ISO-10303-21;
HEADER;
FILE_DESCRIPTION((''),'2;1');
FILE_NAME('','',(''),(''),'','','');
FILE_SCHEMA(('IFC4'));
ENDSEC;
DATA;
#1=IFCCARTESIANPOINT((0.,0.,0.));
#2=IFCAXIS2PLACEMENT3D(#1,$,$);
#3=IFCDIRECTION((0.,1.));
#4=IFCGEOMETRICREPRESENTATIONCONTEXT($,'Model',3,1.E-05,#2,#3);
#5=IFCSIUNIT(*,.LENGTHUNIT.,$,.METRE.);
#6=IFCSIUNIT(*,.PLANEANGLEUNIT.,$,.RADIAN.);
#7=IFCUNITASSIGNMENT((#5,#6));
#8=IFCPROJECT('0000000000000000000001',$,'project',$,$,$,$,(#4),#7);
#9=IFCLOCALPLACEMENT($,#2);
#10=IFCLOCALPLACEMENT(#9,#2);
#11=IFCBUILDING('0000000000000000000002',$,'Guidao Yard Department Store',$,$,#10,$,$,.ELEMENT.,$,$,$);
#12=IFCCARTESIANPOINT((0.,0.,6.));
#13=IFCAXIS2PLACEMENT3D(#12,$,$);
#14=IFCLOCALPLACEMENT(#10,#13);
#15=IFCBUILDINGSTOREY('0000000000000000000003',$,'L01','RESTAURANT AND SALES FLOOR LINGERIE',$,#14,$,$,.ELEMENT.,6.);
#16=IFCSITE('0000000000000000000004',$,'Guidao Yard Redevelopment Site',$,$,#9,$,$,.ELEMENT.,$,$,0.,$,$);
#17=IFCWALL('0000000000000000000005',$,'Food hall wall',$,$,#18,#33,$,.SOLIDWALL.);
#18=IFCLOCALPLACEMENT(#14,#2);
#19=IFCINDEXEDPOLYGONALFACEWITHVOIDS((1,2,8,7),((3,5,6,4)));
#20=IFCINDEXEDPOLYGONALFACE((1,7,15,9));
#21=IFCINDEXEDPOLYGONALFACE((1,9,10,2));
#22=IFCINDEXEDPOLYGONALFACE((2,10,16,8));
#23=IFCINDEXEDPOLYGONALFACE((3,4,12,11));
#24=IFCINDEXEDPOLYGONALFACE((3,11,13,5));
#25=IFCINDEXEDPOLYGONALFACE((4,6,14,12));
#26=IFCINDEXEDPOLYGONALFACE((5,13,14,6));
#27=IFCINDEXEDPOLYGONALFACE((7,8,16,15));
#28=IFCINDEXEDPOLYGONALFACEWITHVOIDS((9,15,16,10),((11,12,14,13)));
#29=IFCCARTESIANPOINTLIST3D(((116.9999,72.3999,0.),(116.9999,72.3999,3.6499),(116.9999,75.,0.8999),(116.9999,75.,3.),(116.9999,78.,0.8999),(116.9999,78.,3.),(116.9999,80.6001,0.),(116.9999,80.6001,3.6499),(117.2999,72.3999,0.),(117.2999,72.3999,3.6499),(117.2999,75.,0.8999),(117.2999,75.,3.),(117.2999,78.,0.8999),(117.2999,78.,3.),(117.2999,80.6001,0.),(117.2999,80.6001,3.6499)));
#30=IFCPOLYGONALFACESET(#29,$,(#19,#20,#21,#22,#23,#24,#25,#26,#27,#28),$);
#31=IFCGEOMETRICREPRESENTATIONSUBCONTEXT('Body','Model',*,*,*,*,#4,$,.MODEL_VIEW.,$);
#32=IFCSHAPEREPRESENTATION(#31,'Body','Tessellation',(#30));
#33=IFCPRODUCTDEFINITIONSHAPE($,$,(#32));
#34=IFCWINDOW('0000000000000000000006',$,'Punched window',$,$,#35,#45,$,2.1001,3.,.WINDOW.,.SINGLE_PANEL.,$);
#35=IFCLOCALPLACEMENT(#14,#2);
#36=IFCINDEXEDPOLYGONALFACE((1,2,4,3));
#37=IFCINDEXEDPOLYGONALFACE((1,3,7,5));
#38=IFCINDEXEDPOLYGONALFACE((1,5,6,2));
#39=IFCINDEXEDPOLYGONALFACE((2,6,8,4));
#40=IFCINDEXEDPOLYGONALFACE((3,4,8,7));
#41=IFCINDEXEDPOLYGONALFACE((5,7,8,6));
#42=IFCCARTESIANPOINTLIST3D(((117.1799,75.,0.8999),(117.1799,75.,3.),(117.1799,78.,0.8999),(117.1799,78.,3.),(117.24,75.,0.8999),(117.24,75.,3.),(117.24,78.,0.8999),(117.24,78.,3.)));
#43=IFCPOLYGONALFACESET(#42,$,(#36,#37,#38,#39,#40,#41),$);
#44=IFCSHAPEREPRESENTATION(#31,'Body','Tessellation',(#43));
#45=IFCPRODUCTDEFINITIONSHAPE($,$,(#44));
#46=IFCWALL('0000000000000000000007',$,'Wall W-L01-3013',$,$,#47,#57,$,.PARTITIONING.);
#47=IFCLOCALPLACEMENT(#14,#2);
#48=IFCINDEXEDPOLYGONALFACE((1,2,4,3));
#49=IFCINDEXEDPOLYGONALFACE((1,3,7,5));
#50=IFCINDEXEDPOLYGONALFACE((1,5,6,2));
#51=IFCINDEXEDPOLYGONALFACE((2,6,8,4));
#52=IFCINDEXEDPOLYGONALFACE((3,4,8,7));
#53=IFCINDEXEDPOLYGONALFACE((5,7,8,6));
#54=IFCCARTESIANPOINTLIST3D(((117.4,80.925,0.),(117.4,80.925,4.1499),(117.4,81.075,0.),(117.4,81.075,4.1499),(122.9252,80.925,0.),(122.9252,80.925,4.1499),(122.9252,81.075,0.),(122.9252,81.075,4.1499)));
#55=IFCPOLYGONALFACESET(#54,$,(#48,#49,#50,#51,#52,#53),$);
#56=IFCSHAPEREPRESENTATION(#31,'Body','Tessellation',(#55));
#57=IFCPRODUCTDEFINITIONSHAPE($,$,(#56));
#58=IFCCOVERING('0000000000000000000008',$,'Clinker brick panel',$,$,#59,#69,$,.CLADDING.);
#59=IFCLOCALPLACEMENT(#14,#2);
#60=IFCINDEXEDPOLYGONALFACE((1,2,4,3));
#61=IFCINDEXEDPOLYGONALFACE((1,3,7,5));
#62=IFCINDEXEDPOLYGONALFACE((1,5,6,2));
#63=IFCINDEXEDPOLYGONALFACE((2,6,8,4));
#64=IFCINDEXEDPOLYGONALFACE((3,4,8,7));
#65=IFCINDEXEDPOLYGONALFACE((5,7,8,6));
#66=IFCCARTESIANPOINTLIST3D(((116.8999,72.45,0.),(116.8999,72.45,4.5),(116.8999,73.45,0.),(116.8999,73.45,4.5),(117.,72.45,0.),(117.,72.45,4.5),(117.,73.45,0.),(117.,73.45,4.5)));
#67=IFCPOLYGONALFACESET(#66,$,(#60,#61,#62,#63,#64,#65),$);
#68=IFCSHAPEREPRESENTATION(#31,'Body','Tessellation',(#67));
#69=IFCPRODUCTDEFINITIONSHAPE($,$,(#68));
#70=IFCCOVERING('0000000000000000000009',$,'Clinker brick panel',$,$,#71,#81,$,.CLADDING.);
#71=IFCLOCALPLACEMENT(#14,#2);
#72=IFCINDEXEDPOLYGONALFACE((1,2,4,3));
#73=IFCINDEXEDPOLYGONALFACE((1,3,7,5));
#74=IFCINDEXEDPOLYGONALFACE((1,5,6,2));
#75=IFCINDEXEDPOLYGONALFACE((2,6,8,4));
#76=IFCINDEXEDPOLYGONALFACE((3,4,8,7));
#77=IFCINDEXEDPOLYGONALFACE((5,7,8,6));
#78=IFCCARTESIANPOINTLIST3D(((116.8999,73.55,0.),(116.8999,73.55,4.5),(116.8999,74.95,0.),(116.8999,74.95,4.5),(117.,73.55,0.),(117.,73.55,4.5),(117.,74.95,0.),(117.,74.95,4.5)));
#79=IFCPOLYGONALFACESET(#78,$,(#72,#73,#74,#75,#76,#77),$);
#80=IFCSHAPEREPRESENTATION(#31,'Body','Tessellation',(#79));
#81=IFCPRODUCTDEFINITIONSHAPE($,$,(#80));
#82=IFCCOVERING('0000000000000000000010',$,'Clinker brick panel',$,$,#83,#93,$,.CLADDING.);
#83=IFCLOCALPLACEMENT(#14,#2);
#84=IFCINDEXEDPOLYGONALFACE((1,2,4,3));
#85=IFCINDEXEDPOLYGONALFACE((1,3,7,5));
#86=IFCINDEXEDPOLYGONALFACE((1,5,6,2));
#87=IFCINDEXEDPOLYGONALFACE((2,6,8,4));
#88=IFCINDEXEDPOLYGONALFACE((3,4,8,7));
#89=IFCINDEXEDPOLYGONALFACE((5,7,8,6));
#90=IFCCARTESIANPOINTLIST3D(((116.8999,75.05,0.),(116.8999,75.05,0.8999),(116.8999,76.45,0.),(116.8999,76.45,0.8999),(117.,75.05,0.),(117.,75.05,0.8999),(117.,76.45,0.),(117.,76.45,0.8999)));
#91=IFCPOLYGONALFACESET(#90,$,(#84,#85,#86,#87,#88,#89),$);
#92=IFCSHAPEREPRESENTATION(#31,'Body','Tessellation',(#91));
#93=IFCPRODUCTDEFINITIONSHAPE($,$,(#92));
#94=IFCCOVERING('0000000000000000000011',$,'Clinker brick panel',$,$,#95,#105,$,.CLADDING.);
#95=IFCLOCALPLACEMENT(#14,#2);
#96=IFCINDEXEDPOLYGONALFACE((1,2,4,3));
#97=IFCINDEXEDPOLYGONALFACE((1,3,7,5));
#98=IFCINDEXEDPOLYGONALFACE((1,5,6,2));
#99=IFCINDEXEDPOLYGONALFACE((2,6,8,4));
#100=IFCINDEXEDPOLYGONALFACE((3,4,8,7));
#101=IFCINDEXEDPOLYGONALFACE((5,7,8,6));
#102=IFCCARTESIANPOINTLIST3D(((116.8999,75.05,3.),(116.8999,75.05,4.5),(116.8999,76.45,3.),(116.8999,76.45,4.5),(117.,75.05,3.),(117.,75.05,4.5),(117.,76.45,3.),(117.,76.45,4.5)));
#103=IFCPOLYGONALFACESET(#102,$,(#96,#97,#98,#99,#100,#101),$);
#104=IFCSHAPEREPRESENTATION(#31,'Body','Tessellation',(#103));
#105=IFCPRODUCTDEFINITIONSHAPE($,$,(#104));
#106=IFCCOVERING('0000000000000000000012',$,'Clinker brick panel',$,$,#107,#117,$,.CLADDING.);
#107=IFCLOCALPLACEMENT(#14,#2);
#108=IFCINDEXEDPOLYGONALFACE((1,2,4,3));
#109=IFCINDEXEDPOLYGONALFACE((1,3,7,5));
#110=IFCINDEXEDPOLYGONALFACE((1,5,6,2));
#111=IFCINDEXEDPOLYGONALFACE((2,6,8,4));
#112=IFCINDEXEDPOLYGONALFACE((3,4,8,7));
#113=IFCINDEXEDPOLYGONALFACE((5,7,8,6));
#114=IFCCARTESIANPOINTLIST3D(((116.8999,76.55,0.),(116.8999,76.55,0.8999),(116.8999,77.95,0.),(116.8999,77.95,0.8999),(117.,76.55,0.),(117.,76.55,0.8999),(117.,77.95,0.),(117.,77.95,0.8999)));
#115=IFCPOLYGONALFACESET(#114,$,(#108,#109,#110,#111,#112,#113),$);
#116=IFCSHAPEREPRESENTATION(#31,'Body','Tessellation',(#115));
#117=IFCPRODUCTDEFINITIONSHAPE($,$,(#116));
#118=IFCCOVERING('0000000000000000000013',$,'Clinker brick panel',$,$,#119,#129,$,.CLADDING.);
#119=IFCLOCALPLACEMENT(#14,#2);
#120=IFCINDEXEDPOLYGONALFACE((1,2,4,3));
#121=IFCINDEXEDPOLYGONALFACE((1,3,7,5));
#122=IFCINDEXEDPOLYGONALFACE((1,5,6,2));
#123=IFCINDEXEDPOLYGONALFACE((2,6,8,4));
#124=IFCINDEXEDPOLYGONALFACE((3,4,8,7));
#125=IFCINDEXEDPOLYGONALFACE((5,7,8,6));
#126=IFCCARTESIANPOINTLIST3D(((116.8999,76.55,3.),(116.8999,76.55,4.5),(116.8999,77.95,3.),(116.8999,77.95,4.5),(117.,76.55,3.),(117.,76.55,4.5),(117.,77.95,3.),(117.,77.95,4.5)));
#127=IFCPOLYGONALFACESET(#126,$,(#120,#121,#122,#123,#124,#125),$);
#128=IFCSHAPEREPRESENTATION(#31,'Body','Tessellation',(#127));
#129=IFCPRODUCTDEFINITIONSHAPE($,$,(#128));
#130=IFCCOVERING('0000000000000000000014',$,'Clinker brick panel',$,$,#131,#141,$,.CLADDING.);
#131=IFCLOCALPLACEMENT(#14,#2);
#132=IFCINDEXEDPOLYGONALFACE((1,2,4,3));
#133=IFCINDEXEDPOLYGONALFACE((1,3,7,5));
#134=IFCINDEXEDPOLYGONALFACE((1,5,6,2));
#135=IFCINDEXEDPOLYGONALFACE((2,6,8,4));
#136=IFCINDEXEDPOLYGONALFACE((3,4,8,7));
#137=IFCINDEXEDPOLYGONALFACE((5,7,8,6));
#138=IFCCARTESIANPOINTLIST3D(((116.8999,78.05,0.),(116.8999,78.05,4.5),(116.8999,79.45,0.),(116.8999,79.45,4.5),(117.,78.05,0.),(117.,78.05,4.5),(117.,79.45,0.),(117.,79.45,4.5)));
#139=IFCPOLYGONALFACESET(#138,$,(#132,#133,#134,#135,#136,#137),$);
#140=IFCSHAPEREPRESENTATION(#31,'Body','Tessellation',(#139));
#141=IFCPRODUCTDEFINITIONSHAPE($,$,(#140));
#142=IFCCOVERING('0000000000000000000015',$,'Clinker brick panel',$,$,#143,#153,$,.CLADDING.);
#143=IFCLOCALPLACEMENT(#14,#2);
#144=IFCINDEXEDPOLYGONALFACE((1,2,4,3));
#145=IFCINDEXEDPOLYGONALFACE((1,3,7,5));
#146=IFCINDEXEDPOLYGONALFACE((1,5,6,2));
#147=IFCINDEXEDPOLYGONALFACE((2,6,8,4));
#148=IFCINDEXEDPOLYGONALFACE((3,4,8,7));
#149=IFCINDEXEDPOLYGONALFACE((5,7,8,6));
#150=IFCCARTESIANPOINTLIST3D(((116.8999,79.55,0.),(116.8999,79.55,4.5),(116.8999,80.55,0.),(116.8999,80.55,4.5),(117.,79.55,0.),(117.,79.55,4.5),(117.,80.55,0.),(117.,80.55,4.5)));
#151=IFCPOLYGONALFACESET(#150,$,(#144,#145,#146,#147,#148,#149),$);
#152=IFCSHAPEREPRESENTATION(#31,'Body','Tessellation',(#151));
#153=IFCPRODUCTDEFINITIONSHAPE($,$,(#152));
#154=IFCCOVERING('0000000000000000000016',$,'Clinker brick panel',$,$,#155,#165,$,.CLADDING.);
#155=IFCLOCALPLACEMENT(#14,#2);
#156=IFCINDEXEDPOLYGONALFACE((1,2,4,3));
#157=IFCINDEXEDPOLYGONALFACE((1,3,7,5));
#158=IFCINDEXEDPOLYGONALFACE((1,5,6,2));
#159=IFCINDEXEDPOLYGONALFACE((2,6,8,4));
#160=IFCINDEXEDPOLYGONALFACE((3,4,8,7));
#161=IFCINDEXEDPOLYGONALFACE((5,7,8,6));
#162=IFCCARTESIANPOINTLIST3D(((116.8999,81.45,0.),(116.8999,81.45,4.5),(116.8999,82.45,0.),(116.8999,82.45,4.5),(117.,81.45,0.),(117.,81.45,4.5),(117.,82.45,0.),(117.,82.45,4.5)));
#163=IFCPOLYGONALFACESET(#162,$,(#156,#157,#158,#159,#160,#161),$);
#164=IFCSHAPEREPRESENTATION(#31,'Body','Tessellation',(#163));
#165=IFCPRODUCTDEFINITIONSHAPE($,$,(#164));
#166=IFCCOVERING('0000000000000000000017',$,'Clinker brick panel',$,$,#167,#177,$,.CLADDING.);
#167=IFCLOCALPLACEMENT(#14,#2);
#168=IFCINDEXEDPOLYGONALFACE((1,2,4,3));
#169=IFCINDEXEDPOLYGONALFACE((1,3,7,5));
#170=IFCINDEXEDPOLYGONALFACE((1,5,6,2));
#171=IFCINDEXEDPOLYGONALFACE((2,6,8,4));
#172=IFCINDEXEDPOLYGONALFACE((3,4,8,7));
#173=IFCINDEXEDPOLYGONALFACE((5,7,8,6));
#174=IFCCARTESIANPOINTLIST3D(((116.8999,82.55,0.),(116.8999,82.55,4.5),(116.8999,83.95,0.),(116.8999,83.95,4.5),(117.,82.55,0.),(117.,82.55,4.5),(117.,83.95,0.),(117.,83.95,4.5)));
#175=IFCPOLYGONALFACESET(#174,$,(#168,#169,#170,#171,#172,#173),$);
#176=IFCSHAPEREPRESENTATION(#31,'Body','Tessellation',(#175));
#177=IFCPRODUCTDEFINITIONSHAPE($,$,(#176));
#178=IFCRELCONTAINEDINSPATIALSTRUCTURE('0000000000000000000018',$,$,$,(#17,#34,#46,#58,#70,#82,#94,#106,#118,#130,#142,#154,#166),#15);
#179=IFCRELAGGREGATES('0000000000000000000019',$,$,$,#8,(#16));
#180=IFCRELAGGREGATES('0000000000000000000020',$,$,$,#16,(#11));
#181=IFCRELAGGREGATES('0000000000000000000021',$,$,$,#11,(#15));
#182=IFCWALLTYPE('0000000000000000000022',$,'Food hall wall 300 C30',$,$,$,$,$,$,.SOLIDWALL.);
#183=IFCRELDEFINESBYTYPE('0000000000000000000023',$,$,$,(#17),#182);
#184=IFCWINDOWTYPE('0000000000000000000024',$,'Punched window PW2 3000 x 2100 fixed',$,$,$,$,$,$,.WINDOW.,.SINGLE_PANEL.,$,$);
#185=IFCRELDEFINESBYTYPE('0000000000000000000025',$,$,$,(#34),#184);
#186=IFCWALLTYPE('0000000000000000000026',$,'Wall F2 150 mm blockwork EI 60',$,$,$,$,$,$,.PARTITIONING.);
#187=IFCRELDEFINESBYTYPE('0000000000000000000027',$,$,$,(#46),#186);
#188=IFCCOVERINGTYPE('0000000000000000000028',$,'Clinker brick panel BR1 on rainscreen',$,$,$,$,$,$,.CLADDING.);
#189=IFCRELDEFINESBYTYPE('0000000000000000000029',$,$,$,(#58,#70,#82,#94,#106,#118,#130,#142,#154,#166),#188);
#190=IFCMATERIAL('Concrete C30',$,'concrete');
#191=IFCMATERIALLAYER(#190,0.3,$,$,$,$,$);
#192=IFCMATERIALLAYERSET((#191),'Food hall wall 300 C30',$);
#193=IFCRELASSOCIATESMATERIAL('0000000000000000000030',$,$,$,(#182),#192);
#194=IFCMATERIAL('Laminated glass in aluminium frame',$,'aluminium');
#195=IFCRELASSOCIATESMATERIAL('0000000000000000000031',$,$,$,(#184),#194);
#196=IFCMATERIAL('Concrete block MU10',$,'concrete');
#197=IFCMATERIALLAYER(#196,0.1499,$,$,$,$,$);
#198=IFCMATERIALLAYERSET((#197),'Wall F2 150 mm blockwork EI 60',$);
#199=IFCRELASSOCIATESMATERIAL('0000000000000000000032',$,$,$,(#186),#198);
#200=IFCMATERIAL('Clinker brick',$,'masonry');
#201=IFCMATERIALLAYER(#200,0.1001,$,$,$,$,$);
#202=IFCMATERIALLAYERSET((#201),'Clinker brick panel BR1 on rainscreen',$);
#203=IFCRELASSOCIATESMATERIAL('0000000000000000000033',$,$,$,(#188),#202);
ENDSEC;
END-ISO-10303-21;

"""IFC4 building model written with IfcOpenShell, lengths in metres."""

from ifc_helpers import new_model, si_unit, direction, frame, frame_2d, origin, origin_2d, place, context, subcontext, project, spatial, rectangle, extrude, material, layer, layer_set, type_object, element, fill, save


model = new_model("IFC4")

# Units and contexts
model_context = context("Model", 3, precision=1e-05, world=origin(), true_north=direction((0.0, 1.0)))
body_context = subcontext(model_context, "Body", "Model", "MODEL_VIEW")
ifc_project = project(units=[si_unit("LENGTHUNIT", "METRE"), si_unit("PLANEANGLEUNIT", "RADIAN")], contexts=[model_context])

# Site, building, storey
site_placement = place(None, origin())
site = spatial("IfcSite", under=ifc_project, at=site_placement, Name="Guidao Yard Redevelopment Site", CompositionType="ELEMENT", RefElevation=0.0)
building_placement = place(site_placement, origin())
building = spatial("IfcBuilding", under=site, at=building_placement, Name="Guidao Yard Department Store", CompositionType="ELEMENT")
storey_placement = place(building_placement, frame((0.0, 0.0, 6.0)))
storey = spatial("IfcBuildingStorey", under=building, at=storey_placement, Name="L01", Description="RESTAURANT AND SALES FLOOR LINGERIE", CompositionType="ELEMENT", Elevation=6.0)

# Wall, opening, window
ifc_material_1 = material(Name="Concrete C30", Category="concrete")
ifc_layer_1 = layer(ifc_material_1, 0.3)
ifc_layer_set_1 = layer_set([ifc_layer_1], Name="Food hall wall 300 C30")
wall_type_1 = type_object("IfcWallType", Name="Food hall wall 300 C30", PredefinedType="SOLIDWALL", material=ifc_layer_set_1)
wall_1_placement = place(storey_placement, frame((117.1499, 72.3999, 0.0), z_axis=(0.0, 0.0, 1.0), x_axis=(0.0, 1.0, 0.0)))
wall_1 = element("IfcWall", 1, at=wall_1_placement, inside=storey, type_object=wall_type_1, Name="Food hall wall", PredefinedType="SOLIDWALL", context=body_context, shape_type="SweptSolid", body=[
    extrude(rectangle(XDim=8.2002, YDim=0.3, at=frame_2d((4.1001, 0.0))), origin(), (0.0, 0.0, 1.0), 3.6499),
])
opening_1_placement = place(wall_1_placement, frame((2.6001, 0.0, 0.8999)))
opening_1 = element("IfcOpeningElement", 2, at=opening_1_placement, cuts=wall_1, PredefinedType="OPENING", context=body_context, shape_type="SweptSolid", body=[
    extrude(rectangle(XDim=3.0, YDim=2.1001, at=frame_2d((1.5, 1.05))), frame((0.0, 0.1599, 0.0), z_axis=(0.0, -1.0, 0.0), x_axis=(1.0, 0.0, 0.0)), (0.0, 0.0, 1.0), 0.3201),
])
ifc_material_2 = material(Name="Laminated glass in aluminium frame", Category="aluminium")
window_type = type_object("IfcWindowType", Name="Punched window PW2 3000 x 2100 fixed", PartitioningType="SINGLE_PANEL", PredefinedType="WINDOW", material=ifc_material_2)
window_placement = place(opening_1_placement, origin())
window = element("IfcWindow", 3, at=window_placement, inside=storey, type_object=window_type, Name="Punched window", OverallHeight=2.1001, OverallWidth=3.0, PartitioningType="SINGLE_PANEL", PredefinedType="WINDOW", context=body_context, shape_type="SweptSolid", body=[
    extrude(rectangle(XDim=3.0, YDim=2.1001, at=frame_2d((1.5, 1.05))), frame((0.0, -0.03, 0.0), z_axis=(0.0, -1.0, 0.0), x_axis=(1.0, 0.0, 0.0)), (0.0, 0.0, 1.0), 0.0601),
])
fill(opening_1, window)

# Wall
ifc_material_3 = material(Name="Concrete block MU10", Category="concrete")
ifc_layer_2 = layer(ifc_material_3, 0.1499)
ifc_layer_set_2 = layer_set([ifc_layer_2], Name="Wall F2 150 mm blockwork EI 60")
wall_type_2 = type_object("IfcWallType", Name="Wall F2 150 mm blockwork EI 60", PredefinedType="PARTITIONING", material=ifc_layer_set_2)
wall_2_placement = place(storey_placement, frame((117.3999, 81.0, 0.0), z_axis=(0.0, 0.0, 1.0), x_axis=(1.0, 0.0, 0.0)))
element("IfcWall", 4, at=wall_2_placement, inside=storey, type_object=wall_type_2, Name="Wall W-L01-3013", PredefinedType="PARTITIONING", context=body_context, shape_type="SweptSolid", body=[
    extrude(rectangle(XDim=5.5251, YDim=0.1499, at=frame_2d((2.7627, 0.0))), origin(), (0.0, 0.0, 1.0), 4.1499),
])

# Coverings
ifc_material_4 = material(Name="Clinker brick", Category="masonry")
ifc_layer_3 = layer(ifc_material_4, 0.1001)
ifc_layer_set_3 = layer_set([ifc_layer_3], Name="Clinker brick panel BR1 on rainscreen")
covering_type = type_object("IfcCoveringType", Name="Clinker brick panel BR1 on rainscreen", PredefinedType="CLADDING", material=ifc_layer_set_3)
covering_1_placement = place(storey_placement, frame((116.95, 72.95, 0.0), z_axis=(0.0, 0.0, 1.0), x_axis=(0.0, 1.0, 0.0)))
element("IfcCovering", 5, at=covering_1_placement, inside=storey, type_object=covering_type, Name="Clinker brick panel", PredefinedType="CLADDING", context=body_context, shape_type="SweptSolid", body=[
    extrude(rectangle(XDim=1.0, YDim=0.1001, at=origin_2d()), origin(), (0.0, 0.0, 1.0), 4.5),
])
covering_2_placement = place(storey_placement, frame((116.95, 74.25, 0.0), z_axis=(0.0, 0.0, 1.0), x_axis=(0.0, 1.0, 0.0)))
element("IfcCovering", 6, at=covering_2_placement, inside=storey, type_object=covering_type, Name="Clinker brick panel", PredefinedType="CLADDING", context=body_context, shape_type="SweptSolid", body=[
    extrude(rectangle(XDim=1.3999, YDim=0.1001, at=origin_2d()), origin(), (0.0, 0.0, 1.0), 4.5),
])
covering_3_placement = place(storey_placement, frame((116.95, 75.75, 0.0), z_axis=(0.0, 0.0, 1.0), x_axis=(0.0, 1.0, 0.0)))
element("IfcCovering", 7, at=covering_3_placement, inside=storey, type_object=covering_type, Name="Clinker brick panel", PredefinedType="CLADDING", context=body_context, shape_type="SweptSolid", body=[
    extrude(rectangle(XDim=1.3999, YDim=0.1001, at=origin_2d()), origin(), (0.0, 0.0, 1.0), 0.8999),
])
covering_4_placement = place(storey_placement, frame((116.95, 75.75, 3.0), z_axis=(0.0, 0.0, 1.0), x_axis=(0.0, 1.0, 0.0)))
element("IfcCovering", 8, at=covering_4_placement, inside=storey, type_object=covering_type, Name="Clinker brick panel", PredefinedType="CLADDING", context=body_context, shape_type="SweptSolid", body=[
    extrude(rectangle(XDim=1.3999, YDim=0.1001, at=origin_2d()), origin(), (0.0, 0.0, 1.0), 1.5),
])
covering_5_placement = place(storey_placement, frame((116.95, 77.25, 0.0), z_axis=(0.0, 0.0, 1.0), x_axis=(0.0, 1.0, 0.0)))
element("IfcCovering", 9, at=covering_5_placement, inside=storey, type_object=covering_type, Name="Clinker brick panel", PredefinedType="CLADDING", context=body_context, shape_type="SweptSolid", body=[
    extrude(rectangle(XDim=1.3999, YDim=0.1001, at=origin_2d()), origin(), (0.0, 0.0, 1.0), 0.8999),
])
covering_6_placement = place(storey_placement, frame((116.95, 77.25, 3.0), z_axis=(0.0, 0.0, 1.0), x_axis=(0.0, 1.0, 0.0)))
element("IfcCovering", 10, at=covering_6_placement, inside=storey, type_object=covering_type, Name="Clinker brick panel", PredefinedType="CLADDING", context=body_context, shape_type="SweptSolid", body=[
    extrude(rectangle(XDim=1.3999, YDim=0.1001, at=origin_2d()), origin(), (0.0, 0.0, 1.0), 1.5),
])
covering_7_placement = place(storey_placement, frame((116.95, 78.75, 0.0), z_axis=(0.0, 0.0, 1.0), x_axis=(0.0, 1.0, 0.0)))
element("IfcCovering", 11, at=covering_7_placement, inside=storey, type_object=covering_type, Name="Clinker brick panel", PredefinedType="CLADDING", context=body_context, shape_type="SweptSolid", body=[
    extrude(rectangle(XDim=1.3999, YDim=0.1001, at=origin_2d()), origin(), (0.0, 0.0, 1.0), 4.5),
])
for number, where, z_axis, x_axis, name in (
    (12, (116.95, 80.05, 0.0), (0.0, 0.0, 1.0), (0.0, 1.0, 0.0), "Clinker brick panel"),
    (13, (116.95, 81.95, 0.0), (0.0, 0.0, 1.0), (0.0, 1.0, 0.0), "Clinker brick panel"),
):
    element("IfcCovering", number, at=place(storey_placement, frame(where, z_axis=z_axis, x_axis=x_axis)), inside=storey, type_object=covering_type, Name=name, PredefinedType="CLADDING", context=body_context, shape_type="SweptSolid", body=[
        extrude(rectangle(XDim=1.0, YDim=0.1001, at=origin_2d()), origin(), (0.0, 0.0, 1.0), 4.5),
    ])
covering_8_placement = place(storey_placement, frame((116.95, 83.25, 0.0), z_axis=(0.0, 0.0, 1.0), x_axis=(0.0, 1.0, 0.0)))
element("IfcCovering", 14, at=covering_8_placement, inside=storey, type_object=covering_type, Name="Clinker brick panel", PredefinedType="CLADDING", context=body_context, shape_type="SweptSolid", body=[
    extrude(rectangle(XDim=1.3999, YDim=0.1001, at=origin_2d()), origin(), (0.0, 0.0, 1.0), 4.5),
])

save(model, "model.ifc")
